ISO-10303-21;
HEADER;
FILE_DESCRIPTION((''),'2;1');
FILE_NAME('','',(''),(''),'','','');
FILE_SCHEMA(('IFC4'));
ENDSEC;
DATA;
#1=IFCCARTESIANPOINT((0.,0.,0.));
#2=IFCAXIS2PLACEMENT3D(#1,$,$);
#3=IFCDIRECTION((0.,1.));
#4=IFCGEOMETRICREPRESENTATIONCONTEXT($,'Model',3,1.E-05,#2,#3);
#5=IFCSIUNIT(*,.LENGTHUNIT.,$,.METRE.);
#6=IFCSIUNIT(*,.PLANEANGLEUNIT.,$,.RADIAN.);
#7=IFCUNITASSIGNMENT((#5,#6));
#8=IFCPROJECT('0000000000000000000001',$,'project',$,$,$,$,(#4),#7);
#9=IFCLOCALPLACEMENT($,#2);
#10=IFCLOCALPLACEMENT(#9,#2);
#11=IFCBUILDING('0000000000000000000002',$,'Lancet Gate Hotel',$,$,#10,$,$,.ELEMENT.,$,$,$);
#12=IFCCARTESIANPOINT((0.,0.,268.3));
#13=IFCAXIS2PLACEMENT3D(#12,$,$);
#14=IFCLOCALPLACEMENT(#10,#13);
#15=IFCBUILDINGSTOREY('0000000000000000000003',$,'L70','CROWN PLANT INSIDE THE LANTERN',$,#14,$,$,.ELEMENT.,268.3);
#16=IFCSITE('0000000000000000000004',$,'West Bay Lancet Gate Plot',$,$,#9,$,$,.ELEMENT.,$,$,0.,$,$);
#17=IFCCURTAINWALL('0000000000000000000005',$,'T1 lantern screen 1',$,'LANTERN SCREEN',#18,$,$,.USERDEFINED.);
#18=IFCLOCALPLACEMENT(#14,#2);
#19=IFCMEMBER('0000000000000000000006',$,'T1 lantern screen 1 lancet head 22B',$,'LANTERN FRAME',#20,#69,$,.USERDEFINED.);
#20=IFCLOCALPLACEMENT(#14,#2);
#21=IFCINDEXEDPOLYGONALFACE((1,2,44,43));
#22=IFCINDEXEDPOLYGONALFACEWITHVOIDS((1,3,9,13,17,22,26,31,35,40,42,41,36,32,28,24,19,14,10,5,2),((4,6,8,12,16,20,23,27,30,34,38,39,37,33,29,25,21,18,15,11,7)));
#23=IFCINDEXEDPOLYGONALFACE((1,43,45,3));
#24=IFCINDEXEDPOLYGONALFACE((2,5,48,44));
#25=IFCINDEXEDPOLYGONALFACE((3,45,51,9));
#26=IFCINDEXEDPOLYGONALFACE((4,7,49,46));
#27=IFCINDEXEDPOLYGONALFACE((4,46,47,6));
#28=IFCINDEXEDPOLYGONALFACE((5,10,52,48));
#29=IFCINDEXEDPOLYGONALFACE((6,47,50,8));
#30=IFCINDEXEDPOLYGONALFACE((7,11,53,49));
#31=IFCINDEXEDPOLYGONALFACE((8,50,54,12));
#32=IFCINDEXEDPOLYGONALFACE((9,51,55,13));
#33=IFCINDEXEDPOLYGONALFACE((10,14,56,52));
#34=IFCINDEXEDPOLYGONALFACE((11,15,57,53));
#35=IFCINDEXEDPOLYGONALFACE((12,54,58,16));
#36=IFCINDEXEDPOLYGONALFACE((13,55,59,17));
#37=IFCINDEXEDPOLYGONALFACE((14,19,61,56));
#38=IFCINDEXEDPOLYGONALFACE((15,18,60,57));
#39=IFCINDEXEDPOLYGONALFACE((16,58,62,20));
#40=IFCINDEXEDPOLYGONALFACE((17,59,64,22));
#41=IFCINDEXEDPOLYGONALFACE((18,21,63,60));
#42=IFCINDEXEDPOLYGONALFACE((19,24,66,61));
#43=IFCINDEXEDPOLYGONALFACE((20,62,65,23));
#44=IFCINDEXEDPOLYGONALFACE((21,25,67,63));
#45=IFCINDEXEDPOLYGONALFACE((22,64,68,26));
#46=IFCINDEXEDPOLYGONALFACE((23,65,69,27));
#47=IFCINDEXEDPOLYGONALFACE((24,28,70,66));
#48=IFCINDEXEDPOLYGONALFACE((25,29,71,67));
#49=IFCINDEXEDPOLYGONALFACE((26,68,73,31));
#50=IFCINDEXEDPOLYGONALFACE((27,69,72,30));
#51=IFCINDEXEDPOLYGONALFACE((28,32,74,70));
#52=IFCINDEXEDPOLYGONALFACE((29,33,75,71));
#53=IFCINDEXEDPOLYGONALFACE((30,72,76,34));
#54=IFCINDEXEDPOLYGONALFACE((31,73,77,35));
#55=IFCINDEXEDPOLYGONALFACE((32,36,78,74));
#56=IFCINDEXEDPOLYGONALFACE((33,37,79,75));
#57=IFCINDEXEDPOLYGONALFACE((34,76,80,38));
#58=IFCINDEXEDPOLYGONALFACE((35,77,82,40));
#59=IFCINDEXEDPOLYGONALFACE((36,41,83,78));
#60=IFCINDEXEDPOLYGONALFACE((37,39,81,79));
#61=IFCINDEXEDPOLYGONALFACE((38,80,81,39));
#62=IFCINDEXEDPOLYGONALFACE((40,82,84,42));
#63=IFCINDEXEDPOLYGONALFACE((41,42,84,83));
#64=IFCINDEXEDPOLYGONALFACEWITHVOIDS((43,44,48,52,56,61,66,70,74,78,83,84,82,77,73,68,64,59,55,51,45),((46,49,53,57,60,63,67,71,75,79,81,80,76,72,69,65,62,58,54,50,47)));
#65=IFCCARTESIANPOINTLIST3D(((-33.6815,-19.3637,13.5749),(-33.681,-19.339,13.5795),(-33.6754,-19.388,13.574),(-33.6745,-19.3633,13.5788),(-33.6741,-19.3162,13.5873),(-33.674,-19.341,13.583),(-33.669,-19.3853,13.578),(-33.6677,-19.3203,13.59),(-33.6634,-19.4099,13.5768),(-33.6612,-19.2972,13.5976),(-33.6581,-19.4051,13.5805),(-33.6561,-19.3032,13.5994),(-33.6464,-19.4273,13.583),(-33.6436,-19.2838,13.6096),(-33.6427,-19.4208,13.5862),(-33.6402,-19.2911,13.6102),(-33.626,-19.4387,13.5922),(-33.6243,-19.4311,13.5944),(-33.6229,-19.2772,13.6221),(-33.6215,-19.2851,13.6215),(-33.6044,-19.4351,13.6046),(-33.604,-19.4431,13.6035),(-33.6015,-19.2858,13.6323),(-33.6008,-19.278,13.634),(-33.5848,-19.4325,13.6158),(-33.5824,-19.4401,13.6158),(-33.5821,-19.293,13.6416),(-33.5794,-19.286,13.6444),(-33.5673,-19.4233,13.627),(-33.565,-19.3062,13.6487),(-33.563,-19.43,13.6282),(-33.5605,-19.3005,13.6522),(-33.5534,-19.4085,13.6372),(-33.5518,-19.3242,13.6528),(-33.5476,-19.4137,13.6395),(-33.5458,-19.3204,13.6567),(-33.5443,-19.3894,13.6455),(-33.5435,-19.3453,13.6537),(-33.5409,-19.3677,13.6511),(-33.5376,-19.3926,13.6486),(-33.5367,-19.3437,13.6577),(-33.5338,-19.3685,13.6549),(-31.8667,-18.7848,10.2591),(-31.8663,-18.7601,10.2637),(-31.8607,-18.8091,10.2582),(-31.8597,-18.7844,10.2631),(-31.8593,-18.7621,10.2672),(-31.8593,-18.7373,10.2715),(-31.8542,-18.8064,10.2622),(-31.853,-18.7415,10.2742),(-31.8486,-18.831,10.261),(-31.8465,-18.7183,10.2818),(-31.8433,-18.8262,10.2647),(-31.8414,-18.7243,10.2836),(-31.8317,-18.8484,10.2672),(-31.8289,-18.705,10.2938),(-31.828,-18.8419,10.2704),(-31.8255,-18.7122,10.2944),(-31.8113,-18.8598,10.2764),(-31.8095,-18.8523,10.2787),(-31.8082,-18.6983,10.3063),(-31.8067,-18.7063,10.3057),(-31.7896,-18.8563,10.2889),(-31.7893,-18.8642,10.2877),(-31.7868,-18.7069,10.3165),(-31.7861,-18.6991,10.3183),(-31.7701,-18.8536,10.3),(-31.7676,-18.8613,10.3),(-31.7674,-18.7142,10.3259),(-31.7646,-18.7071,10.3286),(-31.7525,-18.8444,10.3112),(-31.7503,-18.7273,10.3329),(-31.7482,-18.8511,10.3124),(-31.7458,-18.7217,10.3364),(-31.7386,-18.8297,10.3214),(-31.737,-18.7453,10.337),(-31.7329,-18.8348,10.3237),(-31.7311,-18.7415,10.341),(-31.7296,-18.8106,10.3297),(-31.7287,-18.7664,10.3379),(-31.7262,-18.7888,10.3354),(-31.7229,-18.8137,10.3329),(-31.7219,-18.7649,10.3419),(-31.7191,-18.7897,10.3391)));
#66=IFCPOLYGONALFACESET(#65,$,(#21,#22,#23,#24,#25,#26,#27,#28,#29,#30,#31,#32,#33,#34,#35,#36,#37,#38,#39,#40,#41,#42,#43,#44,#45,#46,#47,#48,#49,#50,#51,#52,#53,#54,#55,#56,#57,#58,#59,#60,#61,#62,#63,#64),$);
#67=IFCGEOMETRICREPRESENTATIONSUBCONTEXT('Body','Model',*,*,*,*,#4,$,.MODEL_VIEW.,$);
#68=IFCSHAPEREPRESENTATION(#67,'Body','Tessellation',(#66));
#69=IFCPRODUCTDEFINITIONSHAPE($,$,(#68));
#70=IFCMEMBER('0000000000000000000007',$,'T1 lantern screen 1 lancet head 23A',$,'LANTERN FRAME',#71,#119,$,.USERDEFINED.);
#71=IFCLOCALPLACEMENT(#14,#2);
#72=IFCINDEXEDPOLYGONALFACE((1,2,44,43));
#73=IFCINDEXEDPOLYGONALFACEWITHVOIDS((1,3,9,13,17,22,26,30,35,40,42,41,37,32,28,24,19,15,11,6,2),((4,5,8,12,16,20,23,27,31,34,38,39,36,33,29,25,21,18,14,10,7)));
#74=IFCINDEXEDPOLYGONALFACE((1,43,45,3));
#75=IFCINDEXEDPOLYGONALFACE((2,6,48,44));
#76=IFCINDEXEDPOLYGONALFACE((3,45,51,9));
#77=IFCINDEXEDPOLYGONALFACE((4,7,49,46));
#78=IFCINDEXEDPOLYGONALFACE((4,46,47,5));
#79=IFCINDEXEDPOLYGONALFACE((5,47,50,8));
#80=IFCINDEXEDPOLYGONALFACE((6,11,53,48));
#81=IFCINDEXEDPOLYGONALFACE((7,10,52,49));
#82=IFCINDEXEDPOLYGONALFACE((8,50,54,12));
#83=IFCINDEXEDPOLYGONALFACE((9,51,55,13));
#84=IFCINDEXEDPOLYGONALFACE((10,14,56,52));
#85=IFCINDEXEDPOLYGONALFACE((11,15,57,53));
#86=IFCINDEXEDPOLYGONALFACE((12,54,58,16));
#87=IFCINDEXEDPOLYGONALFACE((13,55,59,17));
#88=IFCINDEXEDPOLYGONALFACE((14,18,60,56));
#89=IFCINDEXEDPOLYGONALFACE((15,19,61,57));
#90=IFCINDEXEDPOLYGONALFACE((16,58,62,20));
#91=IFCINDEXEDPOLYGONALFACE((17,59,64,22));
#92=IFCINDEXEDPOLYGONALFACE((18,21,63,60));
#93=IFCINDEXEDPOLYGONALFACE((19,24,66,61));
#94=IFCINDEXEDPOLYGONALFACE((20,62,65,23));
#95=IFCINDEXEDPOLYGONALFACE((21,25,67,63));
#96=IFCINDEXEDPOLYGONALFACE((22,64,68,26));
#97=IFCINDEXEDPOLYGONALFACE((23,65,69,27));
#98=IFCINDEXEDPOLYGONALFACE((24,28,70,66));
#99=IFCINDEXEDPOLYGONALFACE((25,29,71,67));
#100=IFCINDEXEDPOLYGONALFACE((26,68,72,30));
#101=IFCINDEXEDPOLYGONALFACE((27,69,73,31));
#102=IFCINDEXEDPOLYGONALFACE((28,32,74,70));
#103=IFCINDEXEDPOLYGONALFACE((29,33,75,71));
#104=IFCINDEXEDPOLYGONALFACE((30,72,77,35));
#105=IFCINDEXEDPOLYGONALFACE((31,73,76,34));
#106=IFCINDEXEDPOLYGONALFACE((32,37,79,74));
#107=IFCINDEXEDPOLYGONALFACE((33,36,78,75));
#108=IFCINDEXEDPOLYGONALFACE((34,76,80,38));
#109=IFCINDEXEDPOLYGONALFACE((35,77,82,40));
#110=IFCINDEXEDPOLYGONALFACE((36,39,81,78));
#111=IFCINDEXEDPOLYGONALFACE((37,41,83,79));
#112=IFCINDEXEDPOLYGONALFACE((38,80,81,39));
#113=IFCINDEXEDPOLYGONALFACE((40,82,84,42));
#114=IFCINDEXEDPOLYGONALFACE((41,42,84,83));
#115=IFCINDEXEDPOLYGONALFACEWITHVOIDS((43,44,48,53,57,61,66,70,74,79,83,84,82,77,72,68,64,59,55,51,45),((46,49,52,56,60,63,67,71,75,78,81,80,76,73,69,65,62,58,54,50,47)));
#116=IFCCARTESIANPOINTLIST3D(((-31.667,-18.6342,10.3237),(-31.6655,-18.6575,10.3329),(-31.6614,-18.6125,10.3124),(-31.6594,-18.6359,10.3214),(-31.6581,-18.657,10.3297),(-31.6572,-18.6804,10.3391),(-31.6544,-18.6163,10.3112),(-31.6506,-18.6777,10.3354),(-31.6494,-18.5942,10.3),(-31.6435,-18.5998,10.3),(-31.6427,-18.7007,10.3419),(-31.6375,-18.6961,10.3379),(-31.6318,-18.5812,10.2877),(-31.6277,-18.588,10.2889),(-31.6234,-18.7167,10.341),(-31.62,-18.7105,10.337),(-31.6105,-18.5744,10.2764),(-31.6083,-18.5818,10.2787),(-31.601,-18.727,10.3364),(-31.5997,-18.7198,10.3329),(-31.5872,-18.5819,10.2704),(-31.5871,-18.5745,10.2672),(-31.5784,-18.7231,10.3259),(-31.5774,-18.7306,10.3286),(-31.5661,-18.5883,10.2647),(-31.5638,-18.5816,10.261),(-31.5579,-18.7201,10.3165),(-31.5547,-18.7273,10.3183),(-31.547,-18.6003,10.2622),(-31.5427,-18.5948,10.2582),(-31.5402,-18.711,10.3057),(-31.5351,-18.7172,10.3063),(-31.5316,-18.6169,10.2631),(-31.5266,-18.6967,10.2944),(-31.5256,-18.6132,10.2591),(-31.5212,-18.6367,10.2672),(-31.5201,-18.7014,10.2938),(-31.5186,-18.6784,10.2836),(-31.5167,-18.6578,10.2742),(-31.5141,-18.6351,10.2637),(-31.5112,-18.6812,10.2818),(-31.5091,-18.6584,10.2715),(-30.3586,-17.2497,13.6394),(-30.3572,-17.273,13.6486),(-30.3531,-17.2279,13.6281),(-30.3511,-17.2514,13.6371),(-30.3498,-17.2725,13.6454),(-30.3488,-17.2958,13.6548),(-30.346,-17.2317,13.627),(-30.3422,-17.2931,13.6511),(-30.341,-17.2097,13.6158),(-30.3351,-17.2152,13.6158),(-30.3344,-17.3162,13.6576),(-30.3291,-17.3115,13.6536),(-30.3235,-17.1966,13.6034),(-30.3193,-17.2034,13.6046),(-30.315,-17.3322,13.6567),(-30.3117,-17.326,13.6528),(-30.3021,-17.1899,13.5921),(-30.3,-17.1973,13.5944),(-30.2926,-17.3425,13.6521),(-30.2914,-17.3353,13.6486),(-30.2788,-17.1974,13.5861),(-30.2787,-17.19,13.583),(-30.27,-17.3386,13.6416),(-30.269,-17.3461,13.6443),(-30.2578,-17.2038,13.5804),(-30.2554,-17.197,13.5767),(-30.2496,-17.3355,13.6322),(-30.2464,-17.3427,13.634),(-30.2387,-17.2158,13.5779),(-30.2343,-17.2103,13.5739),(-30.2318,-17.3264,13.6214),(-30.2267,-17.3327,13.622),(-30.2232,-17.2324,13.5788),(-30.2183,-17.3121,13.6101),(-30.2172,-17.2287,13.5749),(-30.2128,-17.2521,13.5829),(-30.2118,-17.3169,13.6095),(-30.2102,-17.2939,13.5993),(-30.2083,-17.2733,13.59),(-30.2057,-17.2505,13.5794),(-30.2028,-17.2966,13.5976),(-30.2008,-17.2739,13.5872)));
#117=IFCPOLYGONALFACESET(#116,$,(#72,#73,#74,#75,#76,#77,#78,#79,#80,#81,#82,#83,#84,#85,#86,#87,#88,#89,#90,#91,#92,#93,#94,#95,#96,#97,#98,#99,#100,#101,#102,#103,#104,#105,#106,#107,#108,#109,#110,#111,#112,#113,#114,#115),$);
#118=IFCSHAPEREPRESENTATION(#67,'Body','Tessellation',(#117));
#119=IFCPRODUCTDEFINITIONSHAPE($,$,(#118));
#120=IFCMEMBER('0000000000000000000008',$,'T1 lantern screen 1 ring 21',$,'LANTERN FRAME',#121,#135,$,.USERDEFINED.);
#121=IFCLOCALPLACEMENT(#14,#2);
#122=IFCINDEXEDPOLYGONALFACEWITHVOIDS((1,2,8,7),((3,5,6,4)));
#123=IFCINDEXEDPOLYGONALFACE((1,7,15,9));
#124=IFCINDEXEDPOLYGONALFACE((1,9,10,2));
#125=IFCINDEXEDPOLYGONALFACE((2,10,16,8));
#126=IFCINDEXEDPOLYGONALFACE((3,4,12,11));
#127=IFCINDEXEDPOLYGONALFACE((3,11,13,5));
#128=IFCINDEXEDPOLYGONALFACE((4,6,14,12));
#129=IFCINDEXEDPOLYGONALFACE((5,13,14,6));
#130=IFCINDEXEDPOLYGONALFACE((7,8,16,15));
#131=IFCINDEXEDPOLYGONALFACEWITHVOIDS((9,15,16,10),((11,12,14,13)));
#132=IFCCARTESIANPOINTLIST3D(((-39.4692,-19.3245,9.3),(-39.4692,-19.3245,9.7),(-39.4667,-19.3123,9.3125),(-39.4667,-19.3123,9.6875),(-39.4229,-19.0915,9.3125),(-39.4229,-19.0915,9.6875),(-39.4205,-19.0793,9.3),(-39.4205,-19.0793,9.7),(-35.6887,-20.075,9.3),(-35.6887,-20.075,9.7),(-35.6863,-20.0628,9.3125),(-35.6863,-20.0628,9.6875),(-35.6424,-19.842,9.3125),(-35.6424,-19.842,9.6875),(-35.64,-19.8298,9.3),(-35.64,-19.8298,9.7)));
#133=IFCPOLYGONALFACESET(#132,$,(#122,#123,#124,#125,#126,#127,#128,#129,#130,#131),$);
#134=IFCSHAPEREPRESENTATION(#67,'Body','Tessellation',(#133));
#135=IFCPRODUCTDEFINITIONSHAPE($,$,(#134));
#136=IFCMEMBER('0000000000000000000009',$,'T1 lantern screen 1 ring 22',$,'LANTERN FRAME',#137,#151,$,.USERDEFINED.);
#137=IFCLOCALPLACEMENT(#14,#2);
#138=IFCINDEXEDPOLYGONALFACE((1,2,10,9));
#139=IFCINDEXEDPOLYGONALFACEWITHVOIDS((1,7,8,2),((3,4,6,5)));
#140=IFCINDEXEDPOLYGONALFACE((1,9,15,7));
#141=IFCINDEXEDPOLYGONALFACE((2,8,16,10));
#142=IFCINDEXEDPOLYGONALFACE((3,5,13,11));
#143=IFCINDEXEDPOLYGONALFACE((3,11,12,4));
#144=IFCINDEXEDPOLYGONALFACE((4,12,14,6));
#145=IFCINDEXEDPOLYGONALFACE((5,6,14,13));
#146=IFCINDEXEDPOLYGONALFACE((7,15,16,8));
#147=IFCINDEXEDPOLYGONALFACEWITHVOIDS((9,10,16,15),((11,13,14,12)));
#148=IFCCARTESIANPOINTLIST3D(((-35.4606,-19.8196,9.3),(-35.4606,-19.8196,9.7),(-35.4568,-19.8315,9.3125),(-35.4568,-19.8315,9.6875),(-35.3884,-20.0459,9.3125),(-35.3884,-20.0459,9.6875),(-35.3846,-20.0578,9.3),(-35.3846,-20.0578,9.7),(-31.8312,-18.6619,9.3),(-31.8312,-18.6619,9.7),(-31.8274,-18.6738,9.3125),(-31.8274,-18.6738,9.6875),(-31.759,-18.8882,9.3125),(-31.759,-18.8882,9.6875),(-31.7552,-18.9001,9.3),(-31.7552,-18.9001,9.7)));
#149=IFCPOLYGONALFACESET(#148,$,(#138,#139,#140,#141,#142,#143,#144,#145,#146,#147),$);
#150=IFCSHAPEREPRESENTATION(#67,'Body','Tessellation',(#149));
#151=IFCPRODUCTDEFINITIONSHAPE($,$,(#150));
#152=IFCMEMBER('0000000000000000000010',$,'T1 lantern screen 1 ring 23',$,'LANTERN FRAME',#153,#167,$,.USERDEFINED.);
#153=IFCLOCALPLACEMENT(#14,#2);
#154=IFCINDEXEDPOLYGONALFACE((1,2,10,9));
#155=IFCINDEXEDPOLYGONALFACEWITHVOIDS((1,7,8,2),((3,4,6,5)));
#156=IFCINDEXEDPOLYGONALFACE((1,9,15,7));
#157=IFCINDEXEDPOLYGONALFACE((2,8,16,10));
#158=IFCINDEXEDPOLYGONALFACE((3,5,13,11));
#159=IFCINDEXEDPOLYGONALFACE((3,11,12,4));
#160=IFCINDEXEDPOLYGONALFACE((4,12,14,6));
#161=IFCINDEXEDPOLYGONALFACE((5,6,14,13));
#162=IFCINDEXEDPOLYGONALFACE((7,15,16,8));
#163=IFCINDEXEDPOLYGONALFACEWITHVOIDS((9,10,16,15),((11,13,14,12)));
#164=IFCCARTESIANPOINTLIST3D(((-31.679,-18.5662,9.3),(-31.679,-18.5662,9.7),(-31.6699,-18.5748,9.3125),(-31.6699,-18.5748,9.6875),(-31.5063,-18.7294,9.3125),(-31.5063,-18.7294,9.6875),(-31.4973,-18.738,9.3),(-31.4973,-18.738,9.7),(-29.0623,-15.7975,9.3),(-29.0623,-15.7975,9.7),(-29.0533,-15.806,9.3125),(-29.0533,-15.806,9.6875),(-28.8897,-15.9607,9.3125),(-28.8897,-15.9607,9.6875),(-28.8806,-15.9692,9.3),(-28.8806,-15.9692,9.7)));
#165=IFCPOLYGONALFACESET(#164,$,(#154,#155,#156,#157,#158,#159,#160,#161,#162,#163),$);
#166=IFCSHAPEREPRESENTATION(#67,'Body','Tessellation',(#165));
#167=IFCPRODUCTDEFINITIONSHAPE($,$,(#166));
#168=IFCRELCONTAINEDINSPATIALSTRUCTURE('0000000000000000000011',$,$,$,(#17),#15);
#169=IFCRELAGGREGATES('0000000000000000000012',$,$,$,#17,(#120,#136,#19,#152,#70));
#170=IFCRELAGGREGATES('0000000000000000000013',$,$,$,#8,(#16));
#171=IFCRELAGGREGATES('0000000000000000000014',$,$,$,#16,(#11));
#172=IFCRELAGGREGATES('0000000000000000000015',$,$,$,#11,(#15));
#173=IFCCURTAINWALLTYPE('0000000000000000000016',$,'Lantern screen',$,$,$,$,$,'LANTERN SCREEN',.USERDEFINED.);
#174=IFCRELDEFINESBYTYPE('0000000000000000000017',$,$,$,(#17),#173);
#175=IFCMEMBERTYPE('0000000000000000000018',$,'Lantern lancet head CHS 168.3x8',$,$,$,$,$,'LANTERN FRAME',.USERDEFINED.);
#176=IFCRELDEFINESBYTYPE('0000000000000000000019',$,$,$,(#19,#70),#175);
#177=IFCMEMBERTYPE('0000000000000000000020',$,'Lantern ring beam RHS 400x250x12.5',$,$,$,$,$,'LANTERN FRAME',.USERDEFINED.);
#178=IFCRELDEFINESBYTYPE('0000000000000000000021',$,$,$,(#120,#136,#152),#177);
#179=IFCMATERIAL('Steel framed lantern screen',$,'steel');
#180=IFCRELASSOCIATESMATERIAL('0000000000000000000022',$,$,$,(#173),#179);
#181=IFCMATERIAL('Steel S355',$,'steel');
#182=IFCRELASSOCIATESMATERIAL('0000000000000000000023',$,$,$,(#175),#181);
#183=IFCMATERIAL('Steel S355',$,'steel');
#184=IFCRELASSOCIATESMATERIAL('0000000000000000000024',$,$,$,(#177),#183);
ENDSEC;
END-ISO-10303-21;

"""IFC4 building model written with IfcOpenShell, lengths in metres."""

from ifc_helpers import new_model, si_unit, direction, frame, origin, origin_2d, place, context, subcontext, project, spatial, hollow_rectangle, hollow_circle, extrude, material, material_profile, profile_set, type_object, element, aggregate, save


model = new_model("IFC4")

# Units and contexts
model_context = context("Model", 3, precision=1e-05, world=origin(), true_north=direction((0.0, 1.0)))
body_context = subcontext(model_context, "Body", "Model", "MODEL_VIEW")
ifc_project = project(units=[si_unit("LENGTHUNIT", "METRE"), si_unit("PLANEANGLEUNIT", "RADIAN")], contexts=[model_context])

# Site, building, storey
site_placement = place(None, origin())
site = spatial("IfcSite", under=ifc_project, at=site_placement, Name="West Bay Lancet Gate Plot", CompositionType="ELEMENT", RefElevation=0.0)
building_placement = place(site_placement, origin())
building = spatial("IfcBuilding", under=site, at=building_placement, Name="Lancet Gate Hotel", CompositionType="ELEMENT")
storey_placement = place(building_placement, frame((0.0, 0.0, 268.3)))
storey = spatial("IfcBuildingStorey", under=building, at=storey_placement, Name="L70", Description="CROWN PLANT INSIDE THE LANTERN", CompositionType="ELEMENT", Elevation=268.3)

# Curtain wall, members
ifc_material_1 = material(Name="Steel framed lantern screen", Category="steel")
curtain_wall_type_1 = type_object("IfcCurtainWallType", Name="Lantern screen", ElementType="LANTERN SCREEN", PredefinedType="USERDEFINED", material=ifc_material_1)
curtain_wall_1_placement = place(storey_placement, origin())
curtain_wall_1 = element("IfcCurtainWall", 1, at=curtain_wall_1_placement, inside=storey, type_object=curtain_wall_type_1, Name="T1 lantern screen 1", ObjectType="LANTERN SCREEN", PredefinedType="USERDEFINED")
ifc_material_2 = material(Name="Steel S355", Category="steel")
ifc_material_profile_1 = material_profile(ifc_material_2, hollow_circle(Radius=0.0842, WallThickness=0.0081, at=origin_2d()), Name="CHS 168.3x8.0")
ifc_profile_set_1 = profile_set([ifc_material_profile_1], Name="Steel S355")
member_type_1 = type_object("IfcMemberType", Name="Lantern lancet head CHS 168.3x8", ElementType="LANTERN FRAME", PredefinedType="USERDEFINED", material=ifc_profile_set_1)
member_1_placement = place(storey_placement, frame((-31.7932, -18.781, 10.3), z_axis=(-0.474572, -0.15138, 0.867102), x_axis=(0.303897, -0.952705, 0.0)))
member_1 = element("IfcMember", 2, at=member_1_placement, type_object=member_type_1, Name="T1 lantern screen 1 lancet head 22B", ObjectType="LANTERN FRAME", PredefinedType="USERDEFINED", context=body_context, shape_type="SweptSolid", body=[
    extrude(hollow_circle(Radius=0.0842, WallThickness=0.0081, at=origin_2d()), origin(), (0.0, 0.0, 1.0), 3.824),
])
member_2_placement = place(storey_placement, frame((-31.5881, -18.6521, 10.3), z_axis=(0.342149, 0.362069, 0.867087), x_axis=(-0.726818, 0.68683, 0.0)))
member_2 = element("IfcMember", 3, at=member_2_placement, type_object=member_type_1, Name="T1 lantern screen 1 lancet head 23A", ObjectType="LANTERN FRAME", PredefinedType="USERDEFINED", context=body_context, shape_type="SweptSolid", body=[
    extrude(hollow_circle(Radius=0.0842, WallThickness=0.0081, at=origin_2d()), origin(), (0.0, 0.0, 1.0), 3.824),
])
ifc_material_3 = material(Name="Steel S355", Category="steel")
ifc_material_profile_2 = material_profile(ifc_material_3, hollow_rectangle(XDim=0.25, YDim=0.3999, WallThickness=0.0125, at=origin_2d()), Name="RHS 400x250x12.5")
ifc_profile_set_2 = profile_set([ifc_material_profile_2], Name="Steel S355")
member_type_2 = type_object("IfcMemberType", Name="Lantern ring beam RHS 400x250x12.5", ElementType="LANTERN FRAME", PredefinedType="USERDEFINED", material=ifc_profile_set_2)
member_3_placement = place(storey_placement, frame((-39.4448, -19.2019, 9.5), z_axis=(0.98086, -0.194715, 0.0), x_axis=(0.194715, 0.98086, 0.0)))
member_3 = element("IfcMember", 4, at=member_3_placement, type_object=member_type_2, Name="T1 lantern screen 1 ring 21", ObjectType="LANTERN FRAME", PredefinedType="USERDEFINED", context=body_context, shape_type="SweptSolid", body=[
    extrude(hollow_rectangle(XDim=0.25, YDim=0.3999, WallThickness=0.0125, at=origin_2d()), origin(), (0.0, 0.0, 1.0), 3.8542),
])
member_4_placement = place(storey_placement, frame((-35.4226, -19.9387, 9.5), z_axis=(0.952705, 0.303897, 0.0), x_axis=(-0.303897, 0.952705, 0.0)))
member_4 = element("IfcMember", 5, at=member_4_placement, type_object=member_type_2, Name="T1 lantern screen 1 ring 22", ObjectType="LANTERN FRAME", PredefinedType="USERDEFINED", context=body_context, shape_type="SweptSolid", body=[
    extrude(hollow_rectangle(XDim=0.25, YDim=0.3999, WallThickness=0.0125, at=origin_2d()), origin(), (0.0, 0.0, 1.0), 3.8096),
])
member_5_placement = place(storey_placement, frame((-31.5881, -18.6521, 9.5), z_axis=(0.686862, 0.726787, 0.0), x_axis=(-0.726787, 0.686862, 0.0)))
member_5 = element("IfcMember", 6, at=member_5_placement, type_object=member_type_2, Name="T1 lantern screen 1 ring 23", ObjectType="LANTERN FRAME", PredefinedType="USERDEFINED", context=body_context, shape_type="SweptSolid", body=[
    extrude(hollow_rectangle(XDim=0.25, YDim=0.3999, WallThickness=0.0125, at=origin_2d()), origin(), (0.0, 0.0, 1.0), 3.8096),
])

aggregate(curtain_wall_1, [member_3, member_4, member_1, member_5, member_2])

save(model, "model.ifc")
